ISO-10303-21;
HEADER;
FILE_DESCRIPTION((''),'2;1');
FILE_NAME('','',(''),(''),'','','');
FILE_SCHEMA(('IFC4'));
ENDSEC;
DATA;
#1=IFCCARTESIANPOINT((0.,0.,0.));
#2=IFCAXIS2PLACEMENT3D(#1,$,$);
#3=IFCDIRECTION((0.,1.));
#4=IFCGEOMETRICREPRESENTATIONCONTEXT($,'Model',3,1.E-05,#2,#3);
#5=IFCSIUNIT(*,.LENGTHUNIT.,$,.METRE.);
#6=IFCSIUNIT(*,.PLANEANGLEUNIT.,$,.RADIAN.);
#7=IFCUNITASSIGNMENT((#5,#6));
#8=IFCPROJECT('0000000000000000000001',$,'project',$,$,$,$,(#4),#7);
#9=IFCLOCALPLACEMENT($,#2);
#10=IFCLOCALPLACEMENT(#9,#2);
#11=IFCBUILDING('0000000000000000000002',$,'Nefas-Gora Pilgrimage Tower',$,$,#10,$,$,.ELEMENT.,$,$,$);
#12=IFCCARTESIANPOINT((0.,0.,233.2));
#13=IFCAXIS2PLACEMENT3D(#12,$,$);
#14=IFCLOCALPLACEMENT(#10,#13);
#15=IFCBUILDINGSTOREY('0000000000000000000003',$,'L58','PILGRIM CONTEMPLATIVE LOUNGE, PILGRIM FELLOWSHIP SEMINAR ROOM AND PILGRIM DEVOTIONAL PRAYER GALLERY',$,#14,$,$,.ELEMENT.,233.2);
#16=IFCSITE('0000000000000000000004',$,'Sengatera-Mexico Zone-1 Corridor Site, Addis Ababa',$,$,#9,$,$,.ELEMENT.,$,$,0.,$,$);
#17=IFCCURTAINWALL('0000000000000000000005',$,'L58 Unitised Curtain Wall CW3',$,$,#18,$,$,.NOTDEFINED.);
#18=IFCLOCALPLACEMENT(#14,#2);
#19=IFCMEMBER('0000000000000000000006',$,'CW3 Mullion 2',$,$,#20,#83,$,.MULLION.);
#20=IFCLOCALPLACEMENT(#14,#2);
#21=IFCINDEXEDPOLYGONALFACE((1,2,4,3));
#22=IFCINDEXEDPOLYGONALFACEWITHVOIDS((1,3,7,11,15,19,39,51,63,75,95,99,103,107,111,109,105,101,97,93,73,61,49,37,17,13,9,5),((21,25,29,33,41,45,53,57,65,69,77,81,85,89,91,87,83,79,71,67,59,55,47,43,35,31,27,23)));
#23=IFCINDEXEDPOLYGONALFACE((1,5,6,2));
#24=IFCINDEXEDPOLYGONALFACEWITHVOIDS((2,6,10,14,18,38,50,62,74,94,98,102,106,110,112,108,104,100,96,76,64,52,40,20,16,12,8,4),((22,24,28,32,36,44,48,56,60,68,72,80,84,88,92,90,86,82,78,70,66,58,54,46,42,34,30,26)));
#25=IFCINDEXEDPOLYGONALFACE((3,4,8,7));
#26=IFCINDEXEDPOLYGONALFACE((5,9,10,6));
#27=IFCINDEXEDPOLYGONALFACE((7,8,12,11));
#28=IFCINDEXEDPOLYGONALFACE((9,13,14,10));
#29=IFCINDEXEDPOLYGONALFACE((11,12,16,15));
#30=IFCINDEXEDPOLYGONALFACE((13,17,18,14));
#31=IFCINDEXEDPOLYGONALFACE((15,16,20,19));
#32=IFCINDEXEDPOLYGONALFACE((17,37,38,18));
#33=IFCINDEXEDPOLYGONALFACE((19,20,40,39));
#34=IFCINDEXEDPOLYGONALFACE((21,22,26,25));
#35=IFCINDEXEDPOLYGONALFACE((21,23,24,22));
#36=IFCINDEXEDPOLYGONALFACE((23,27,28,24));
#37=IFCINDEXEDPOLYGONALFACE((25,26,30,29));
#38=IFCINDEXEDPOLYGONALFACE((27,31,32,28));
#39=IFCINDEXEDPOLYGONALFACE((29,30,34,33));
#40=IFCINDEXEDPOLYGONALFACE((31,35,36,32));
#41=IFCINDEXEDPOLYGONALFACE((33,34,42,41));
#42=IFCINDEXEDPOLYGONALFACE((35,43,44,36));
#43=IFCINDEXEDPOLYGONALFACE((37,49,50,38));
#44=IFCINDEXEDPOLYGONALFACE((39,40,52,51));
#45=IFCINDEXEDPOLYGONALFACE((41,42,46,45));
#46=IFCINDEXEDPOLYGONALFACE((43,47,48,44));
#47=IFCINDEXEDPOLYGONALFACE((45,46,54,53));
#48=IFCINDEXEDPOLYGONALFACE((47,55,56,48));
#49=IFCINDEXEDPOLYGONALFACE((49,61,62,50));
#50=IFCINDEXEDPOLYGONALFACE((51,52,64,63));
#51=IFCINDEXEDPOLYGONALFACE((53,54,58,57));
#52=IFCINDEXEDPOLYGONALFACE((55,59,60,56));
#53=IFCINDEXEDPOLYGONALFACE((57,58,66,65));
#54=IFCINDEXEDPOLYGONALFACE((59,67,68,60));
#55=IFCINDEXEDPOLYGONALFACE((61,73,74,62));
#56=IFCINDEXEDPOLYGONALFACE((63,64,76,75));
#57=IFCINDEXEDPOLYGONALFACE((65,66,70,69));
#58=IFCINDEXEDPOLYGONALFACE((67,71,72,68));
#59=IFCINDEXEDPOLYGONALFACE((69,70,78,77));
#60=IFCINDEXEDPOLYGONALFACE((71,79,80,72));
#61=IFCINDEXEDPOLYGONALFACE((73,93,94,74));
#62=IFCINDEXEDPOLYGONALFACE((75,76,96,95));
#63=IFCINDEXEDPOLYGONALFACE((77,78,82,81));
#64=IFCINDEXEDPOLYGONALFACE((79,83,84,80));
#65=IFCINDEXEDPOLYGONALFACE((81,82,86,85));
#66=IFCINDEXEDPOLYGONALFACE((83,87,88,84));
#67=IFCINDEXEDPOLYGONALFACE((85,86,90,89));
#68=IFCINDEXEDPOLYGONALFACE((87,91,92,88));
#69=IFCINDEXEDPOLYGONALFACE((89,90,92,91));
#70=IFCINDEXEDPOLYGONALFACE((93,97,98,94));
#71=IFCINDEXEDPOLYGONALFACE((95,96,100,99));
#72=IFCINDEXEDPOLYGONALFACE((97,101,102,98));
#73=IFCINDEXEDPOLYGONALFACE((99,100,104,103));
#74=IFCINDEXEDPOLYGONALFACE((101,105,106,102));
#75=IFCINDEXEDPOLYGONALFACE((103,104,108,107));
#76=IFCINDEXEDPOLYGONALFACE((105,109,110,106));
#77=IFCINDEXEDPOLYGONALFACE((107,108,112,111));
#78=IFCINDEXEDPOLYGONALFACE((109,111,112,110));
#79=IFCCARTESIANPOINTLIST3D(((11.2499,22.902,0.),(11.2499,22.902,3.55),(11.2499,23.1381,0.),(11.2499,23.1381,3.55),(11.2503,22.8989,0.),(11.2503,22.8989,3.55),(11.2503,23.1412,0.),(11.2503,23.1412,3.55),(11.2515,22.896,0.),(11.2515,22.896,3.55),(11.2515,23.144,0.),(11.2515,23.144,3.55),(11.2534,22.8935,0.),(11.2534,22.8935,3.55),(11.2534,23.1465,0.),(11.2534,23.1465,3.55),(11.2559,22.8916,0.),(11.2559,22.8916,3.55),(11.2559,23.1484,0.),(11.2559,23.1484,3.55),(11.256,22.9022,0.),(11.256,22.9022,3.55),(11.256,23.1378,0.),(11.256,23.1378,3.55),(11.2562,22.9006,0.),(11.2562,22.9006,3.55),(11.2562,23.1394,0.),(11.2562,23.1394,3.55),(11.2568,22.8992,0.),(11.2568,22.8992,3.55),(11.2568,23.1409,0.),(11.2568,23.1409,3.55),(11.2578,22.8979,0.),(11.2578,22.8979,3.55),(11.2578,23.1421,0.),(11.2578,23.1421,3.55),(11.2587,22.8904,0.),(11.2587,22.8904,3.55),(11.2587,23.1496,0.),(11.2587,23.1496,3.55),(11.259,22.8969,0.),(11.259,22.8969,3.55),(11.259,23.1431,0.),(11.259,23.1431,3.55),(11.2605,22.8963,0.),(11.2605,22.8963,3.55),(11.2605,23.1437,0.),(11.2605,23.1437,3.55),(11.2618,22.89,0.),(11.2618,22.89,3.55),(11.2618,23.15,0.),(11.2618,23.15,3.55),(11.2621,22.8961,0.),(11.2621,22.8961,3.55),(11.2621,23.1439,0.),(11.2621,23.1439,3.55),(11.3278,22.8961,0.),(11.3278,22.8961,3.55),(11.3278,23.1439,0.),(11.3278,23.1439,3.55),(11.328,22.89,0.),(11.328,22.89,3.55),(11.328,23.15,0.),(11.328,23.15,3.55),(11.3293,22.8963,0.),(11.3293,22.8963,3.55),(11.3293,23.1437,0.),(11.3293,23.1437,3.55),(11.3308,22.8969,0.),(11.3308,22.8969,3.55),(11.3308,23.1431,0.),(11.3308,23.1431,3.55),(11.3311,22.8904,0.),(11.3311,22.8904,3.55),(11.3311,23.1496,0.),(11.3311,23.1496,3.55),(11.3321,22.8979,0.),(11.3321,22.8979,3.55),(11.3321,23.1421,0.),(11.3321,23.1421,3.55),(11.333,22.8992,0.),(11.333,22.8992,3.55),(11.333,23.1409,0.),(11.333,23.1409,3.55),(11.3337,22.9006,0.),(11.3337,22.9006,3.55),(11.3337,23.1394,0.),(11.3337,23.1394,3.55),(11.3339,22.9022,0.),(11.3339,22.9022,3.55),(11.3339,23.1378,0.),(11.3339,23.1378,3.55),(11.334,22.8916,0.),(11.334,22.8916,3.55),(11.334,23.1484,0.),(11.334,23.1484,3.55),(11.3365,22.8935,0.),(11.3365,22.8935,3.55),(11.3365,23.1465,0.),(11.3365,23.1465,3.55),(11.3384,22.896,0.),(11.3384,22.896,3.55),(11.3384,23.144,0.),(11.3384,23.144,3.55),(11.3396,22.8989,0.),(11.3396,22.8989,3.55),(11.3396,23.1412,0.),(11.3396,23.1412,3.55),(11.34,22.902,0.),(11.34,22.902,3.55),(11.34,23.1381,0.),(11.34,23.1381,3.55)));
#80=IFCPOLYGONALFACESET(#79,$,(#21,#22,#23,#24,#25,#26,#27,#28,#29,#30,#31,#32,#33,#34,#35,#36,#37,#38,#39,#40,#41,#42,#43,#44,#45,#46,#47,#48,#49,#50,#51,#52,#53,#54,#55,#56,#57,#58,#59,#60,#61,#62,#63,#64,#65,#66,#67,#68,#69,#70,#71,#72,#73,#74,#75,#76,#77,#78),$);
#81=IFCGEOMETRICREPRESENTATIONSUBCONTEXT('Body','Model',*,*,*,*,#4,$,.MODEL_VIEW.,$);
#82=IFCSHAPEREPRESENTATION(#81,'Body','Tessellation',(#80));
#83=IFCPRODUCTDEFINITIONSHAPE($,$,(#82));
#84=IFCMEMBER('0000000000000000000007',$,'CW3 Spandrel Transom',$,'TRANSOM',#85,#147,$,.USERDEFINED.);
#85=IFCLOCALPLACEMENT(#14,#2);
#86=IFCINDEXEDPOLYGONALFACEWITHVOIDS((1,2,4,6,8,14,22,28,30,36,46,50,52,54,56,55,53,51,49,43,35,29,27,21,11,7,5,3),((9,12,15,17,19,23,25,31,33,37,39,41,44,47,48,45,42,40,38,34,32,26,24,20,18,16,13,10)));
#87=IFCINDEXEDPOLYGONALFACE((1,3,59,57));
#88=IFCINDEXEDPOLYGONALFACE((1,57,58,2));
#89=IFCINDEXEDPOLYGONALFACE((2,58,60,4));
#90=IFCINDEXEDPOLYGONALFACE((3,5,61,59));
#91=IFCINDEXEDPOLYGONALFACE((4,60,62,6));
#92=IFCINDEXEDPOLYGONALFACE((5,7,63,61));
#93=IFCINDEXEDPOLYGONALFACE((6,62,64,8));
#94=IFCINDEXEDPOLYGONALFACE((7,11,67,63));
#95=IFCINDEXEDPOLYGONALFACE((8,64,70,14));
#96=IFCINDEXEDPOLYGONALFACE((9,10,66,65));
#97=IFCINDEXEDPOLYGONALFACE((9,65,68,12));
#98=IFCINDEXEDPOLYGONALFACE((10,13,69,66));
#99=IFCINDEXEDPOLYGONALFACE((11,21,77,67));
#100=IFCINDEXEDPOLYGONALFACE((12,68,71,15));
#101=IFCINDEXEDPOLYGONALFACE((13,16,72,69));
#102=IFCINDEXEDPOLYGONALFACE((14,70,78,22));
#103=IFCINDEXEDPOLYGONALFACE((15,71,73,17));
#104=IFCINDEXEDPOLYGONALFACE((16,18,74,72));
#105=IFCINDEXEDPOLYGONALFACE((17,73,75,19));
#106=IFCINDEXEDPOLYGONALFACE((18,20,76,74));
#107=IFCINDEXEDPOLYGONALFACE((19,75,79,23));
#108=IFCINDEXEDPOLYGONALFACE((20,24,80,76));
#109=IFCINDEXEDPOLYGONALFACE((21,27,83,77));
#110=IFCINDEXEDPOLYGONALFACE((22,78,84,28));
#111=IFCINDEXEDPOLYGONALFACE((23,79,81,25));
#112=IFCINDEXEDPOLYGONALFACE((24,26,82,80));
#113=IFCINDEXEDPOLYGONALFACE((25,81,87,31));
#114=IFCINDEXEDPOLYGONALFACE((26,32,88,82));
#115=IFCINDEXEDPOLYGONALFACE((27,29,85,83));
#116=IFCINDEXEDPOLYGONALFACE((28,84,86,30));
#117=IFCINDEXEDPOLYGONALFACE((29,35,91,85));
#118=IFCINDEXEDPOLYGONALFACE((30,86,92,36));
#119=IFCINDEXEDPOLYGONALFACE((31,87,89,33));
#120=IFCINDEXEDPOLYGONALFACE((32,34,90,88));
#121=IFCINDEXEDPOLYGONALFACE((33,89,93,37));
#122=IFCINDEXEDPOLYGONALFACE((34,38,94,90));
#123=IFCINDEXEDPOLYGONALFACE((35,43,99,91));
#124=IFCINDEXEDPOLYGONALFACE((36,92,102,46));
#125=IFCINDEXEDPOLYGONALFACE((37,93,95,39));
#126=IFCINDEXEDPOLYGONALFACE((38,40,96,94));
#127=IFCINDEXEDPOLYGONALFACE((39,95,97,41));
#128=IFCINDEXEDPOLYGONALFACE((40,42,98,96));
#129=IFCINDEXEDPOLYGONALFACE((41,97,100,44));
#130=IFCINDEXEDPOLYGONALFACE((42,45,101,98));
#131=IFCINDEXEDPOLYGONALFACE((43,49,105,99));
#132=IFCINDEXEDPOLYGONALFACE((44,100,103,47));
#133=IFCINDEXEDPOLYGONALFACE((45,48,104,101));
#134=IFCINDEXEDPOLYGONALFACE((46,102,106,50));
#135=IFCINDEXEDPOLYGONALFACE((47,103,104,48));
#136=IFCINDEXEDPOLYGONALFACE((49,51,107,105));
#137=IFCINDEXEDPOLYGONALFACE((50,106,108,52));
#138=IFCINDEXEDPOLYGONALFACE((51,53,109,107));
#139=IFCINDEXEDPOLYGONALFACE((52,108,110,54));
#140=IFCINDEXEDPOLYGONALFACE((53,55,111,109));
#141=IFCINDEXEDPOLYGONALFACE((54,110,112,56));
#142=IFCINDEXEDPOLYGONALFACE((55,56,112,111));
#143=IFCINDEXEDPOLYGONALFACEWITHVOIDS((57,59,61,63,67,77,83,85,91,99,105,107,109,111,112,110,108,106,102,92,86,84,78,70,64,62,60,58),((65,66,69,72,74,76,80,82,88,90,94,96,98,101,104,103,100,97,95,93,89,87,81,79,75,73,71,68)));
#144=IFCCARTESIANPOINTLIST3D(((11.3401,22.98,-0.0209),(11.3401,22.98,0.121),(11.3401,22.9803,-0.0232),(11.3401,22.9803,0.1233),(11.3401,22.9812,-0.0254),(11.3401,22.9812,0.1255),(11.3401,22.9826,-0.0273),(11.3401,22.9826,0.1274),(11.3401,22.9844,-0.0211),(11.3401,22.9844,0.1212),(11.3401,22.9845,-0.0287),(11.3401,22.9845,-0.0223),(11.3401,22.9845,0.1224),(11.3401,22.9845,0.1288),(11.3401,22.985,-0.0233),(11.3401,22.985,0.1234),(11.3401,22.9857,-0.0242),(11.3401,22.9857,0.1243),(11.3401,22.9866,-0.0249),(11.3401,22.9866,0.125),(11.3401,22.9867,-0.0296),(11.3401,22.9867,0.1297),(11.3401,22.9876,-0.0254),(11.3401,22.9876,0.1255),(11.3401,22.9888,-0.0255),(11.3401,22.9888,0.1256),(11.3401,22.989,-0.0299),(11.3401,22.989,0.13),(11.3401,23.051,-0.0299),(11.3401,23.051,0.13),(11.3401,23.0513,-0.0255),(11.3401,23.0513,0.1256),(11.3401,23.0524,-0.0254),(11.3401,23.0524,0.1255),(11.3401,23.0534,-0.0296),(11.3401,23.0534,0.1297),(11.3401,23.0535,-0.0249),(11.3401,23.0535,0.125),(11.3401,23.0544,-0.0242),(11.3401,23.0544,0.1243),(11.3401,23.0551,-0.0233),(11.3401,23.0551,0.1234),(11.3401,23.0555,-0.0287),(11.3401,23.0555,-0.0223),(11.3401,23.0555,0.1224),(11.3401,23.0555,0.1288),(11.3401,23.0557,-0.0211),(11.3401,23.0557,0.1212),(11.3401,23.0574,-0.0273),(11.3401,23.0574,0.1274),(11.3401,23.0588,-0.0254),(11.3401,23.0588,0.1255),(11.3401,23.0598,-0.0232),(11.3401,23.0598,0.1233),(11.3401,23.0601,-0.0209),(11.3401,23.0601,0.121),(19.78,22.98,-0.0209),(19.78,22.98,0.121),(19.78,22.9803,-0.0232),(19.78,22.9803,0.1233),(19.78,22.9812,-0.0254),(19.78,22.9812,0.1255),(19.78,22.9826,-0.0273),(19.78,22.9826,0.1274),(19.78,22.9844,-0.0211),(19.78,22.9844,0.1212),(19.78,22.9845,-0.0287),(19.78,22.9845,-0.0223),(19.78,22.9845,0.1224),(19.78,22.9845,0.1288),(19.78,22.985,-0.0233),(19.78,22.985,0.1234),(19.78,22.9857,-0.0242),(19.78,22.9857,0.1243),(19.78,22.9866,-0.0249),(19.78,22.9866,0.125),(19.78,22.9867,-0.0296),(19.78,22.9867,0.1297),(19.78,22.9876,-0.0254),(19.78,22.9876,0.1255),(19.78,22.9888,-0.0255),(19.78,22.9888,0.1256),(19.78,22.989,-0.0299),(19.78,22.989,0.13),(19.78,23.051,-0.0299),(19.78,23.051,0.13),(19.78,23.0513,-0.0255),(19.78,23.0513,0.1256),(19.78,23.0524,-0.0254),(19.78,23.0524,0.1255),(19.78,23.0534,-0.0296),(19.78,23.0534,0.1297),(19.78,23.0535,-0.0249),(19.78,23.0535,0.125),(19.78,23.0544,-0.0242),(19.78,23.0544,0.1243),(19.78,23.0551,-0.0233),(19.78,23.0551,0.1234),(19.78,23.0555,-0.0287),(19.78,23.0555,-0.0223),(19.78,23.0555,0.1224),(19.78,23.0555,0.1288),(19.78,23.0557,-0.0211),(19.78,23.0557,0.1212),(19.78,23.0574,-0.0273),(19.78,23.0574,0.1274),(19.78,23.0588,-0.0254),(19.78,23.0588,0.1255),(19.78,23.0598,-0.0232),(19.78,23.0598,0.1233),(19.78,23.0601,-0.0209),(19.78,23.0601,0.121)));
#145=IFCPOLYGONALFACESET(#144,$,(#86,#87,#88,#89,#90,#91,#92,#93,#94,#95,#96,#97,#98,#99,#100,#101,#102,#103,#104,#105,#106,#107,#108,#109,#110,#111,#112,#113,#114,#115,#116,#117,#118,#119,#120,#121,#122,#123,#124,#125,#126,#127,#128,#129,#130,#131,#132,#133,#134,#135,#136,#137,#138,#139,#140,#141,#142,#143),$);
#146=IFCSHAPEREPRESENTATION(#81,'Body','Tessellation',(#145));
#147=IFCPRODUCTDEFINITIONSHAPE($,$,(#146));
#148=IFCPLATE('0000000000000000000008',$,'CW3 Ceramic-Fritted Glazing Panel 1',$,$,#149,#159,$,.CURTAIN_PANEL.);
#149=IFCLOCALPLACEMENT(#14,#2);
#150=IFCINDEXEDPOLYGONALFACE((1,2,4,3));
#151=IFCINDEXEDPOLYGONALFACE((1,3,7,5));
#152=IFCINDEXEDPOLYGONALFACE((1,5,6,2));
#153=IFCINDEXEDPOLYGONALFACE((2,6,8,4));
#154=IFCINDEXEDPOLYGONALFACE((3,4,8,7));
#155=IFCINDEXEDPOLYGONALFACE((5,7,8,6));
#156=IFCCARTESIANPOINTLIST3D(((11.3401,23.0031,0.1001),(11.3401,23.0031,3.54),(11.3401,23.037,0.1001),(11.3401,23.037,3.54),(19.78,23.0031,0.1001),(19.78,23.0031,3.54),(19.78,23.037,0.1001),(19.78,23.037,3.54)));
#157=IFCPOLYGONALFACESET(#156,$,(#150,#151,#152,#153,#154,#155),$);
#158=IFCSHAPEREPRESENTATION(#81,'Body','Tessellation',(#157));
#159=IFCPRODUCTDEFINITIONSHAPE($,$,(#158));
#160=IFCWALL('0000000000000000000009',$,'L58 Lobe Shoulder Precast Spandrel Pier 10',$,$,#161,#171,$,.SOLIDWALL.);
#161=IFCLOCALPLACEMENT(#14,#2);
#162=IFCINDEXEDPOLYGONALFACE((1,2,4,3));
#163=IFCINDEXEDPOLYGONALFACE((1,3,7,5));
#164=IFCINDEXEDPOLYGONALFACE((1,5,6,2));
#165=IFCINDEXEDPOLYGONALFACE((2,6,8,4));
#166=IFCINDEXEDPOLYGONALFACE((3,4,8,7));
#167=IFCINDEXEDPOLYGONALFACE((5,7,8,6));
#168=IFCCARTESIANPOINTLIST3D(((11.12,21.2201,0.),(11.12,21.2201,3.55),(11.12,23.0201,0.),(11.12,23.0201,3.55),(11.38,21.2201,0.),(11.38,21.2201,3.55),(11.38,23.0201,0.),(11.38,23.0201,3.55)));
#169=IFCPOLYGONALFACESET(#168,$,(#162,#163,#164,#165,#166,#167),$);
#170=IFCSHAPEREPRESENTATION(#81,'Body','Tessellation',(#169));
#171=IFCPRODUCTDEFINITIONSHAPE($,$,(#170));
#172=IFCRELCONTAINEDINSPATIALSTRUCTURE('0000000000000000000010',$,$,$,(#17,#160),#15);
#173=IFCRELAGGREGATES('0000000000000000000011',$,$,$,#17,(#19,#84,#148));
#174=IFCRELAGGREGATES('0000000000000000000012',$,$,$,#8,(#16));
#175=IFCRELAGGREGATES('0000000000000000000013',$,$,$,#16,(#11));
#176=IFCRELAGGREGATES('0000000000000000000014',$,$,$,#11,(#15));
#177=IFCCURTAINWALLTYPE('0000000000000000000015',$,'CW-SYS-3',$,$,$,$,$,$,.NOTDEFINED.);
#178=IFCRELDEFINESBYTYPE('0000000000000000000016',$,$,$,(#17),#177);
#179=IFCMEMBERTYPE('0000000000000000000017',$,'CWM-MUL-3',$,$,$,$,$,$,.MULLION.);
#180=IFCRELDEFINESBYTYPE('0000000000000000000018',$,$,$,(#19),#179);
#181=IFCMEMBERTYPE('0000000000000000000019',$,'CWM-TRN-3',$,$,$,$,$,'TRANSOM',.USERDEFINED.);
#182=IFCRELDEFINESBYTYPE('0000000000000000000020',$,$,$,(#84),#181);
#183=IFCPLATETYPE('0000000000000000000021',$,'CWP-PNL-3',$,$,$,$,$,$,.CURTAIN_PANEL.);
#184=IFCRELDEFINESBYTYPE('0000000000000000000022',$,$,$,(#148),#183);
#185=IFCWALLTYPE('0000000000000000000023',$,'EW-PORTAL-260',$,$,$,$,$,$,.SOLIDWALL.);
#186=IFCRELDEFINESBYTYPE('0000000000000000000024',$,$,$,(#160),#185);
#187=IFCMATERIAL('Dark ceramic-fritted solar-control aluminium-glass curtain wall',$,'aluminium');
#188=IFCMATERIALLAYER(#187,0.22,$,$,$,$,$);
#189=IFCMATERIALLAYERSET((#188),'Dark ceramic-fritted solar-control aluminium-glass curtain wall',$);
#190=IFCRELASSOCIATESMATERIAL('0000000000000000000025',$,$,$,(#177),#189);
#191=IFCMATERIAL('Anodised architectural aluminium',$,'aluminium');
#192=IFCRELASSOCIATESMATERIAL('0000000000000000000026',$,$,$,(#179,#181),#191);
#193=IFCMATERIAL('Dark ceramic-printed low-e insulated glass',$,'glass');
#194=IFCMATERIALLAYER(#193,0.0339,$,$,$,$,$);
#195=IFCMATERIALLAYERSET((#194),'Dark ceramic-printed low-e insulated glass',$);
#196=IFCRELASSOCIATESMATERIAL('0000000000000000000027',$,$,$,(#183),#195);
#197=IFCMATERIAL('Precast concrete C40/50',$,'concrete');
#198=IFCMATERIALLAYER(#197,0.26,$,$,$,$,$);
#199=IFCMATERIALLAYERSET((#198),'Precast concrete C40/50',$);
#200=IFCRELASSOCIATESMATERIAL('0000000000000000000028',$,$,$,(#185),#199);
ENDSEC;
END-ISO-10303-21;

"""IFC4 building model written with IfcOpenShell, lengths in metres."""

from ifc_helpers import new_model, si_unit, direction, frame, frame_2d, origin, origin_2d, place, context, subcontext, project, spatial, rectangle, hollow_rectangle, extrude, source, transform, mapped, material, layer, layer_set, material_profile, profile_set, type_object, element, aggregate, save


model = new_model("IFC4")

# Units and contexts
model_context = context("Model", 3, precision=1e-05, world=origin(), true_north=direction((0.0, 1.0)))
body_context = subcontext(model_context, "Body", "Model", "MODEL_VIEW")
ifc_project = project(units=[si_unit("LENGTHUNIT", "METRE"), si_unit("PLANEANGLEUNIT", "RADIAN")], contexts=[model_context])

# Site, building, storey
site_placement = place(None, origin())
site = spatial("IfcSite", under=ifc_project, at=site_placement, Name="Sengatera-Mexico Zone-1 Corridor Site, Addis Ababa", CompositionType="ELEMENT", RefElevation=0.0)
building_placement = place(site_placement, origin())
building = spatial("IfcBuilding", under=site, at=building_placement, Name="Nefas-Gora Pilgrimage Tower", CompositionType="ELEMENT")
storey_placement = place(building_placement, frame((0.0, 0.0, 233.2)))
storey = spatial("IfcBuildingStorey", under=building, at=storey_placement, Name="L58", Description="PILGRIM CONTEMPLATIVE LOUNGE, PILGRIM FELLOWSHIP SEMINAR ROOM AND PILGRIM DEVOTIONAL PRAYER GALLERY", CompositionType="ELEMENT", Elevation=233.2)

# Shared definitions
ifc_material_1 = material(Name="Dark ceramic-fritted solar-control aluminium-glass curtain wall", Category="aluminium")
ifc_layer_1 = layer(ifc_material_1, 0.22)
ifc_layer_set_1 = layer_set([ifc_layer_1], Name="Dark ceramic-fritted solar-control aluminium-glass curtain wall")
curtain_wall_type = type_object("IfcCurtainWallType", Name="CW-SYS-3", PredefinedType="NOTDEFINED", material=ifc_layer_set_1)
ifc_material_2 = material(Name="Anodised architectural aluminium", Category="aluminium")
ifc_material_profile_1 = material_profile(ifc_material_2, hollow_rectangle(XDim=0.0901, YDim=0.26, WallThickness=0.0061, InnerFilletRadius=0.0061, OuterFilletRadius=0.012, at=origin_2d()), Name="ALU MULLION 90x260")
ifc_profile_set_1 = profile_set([ifc_material_profile_1], Name="Anodised architectural aluminium")
member_type_1 = type_object("IfcMemberType", Name="CWM-MUL-3", PredefinedType="MULLION", material=ifc_profile_set_1)
shared_shape_1 = source(origin(), body_context, "Body", "SweptSolid", [
    extrude(hollow_rectangle(XDim=0.0901, YDim=0.26, WallThickness=0.0061, InnerFilletRadius=0.0061, OuterFilletRadius=0.012, at=origin_2d()), origin(), (0.0, 0.0, 1.0), 3.55),
])

# Curtain wall, members, plate
curtain_wall_1_placement = place(storey_placement, origin())
curtain_wall_1 = element("IfcCurtainWall", 1, at=curtain_wall_1_placement, inside=storey, type_object=curtain_wall_type, Name="L58 Unitised Curtain Wall CW3", PredefinedType="NOTDEFINED")
member_1_placement = place(storey_placement, frame((11.2949, 23.02, 0.0), z_axis=(0.0, 0.0, 1.0), x_axis=(-1.0, 0.0, 0.0)))
member_1 = element("IfcMember", 2, at=member_1_placement, type_object=member_type_1, Name="CW3 Mullion 2", PredefinedType="MULLION", context=body_context, shape_type="MappedRepresentation", body=[
    mapped(shared_shape_1, transform((0.0, 0.0, 0.0), x_axis=(1.0, 0.0, 0.0), y_axis=(0.0, 1.0, 0.0), z_axis=(0.0, 0.0, 1.0), scale=1.0)),
])
ifc_material_profile_2 = material_profile(ifc_material_2, hollow_rectangle(XDim=0.0801, YDim=0.1599, WallThickness=0.0044, InnerFilletRadius=0.0044, OuterFilletRadius=0.009, at=origin_2d()), Name="ALU TRANSOM 80x160")
ifc_profile_set_2 = profile_set([ifc_material_profile_2], Name="Anodised architectural aluminium")
member_type_2 = type_object("IfcMemberType", Name="CWM-TRN-3", ElementType="TRANSOM", PredefinedType="USERDEFINED", material=ifc_profile_set_2)
shared_shape_2 = source(origin(), body_context, "Body", "SweptSolid", [
    extrude(hollow_rectangle(XDim=0.0801, YDim=0.1599, WallThickness=0.0044, InnerFilletRadius=0.0044, OuterFilletRadius=0.009, at=origin_2d()), origin(), (0.0, 0.0, 1.0), 8.4399),
])
member_2_placement = place(storey_placement, frame((19.78, 23.02, 0.05), z_axis=(-1.0, 0.0, 0.0), x_axis=(0.0, -1.0, 0.0)))
member_2 = element("IfcMember", 3, at=member_2_placement, type_object=member_type_2, Name="CW3 Spandrel Transom", ObjectType="TRANSOM", PredefinedType="USERDEFINED", context=body_context, shape_type="MappedRepresentation", body=[
    mapped(shared_shape_2, transform((0.0, 0.0, 0.0), x_axis=(1.0, 0.0, 0.0), y_axis=(0.0, 1.0, 0.0), z_axis=(0.0, 0.0, 1.0), scale=1.0)),
])
ifc_material_3 = material(Name="Dark ceramic-printed low-e insulated glass", Category="glass")
ifc_layer_2 = layer(ifc_material_3, 0.0339)
ifc_layer_set_2 = layer_set([ifc_layer_2], Name="Dark ceramic-printed low-e insulated glass")
plate_type = type_object("IfcPlateType", Name="CWP-PNL-3", PredefinedType="CURTAIN_PANEL", material=ifc_layer_set_2)
shared_shape_3 = source(origin(), body_context, "Body", "SweptSolid", [
    extrude(rectangle(XDim=8.4399, YDim=0.0339, at=origin_2d()), origin(), (0.0, 0.0, 1.0), 3.4399),
])
plate_placement = place(storey_placement, frame((15.5601, 23.02, 0.1001), z_axis=(0.0, 0.0, 1.0), x_axis=(-1.0, 0.0, 0.0)))
plate = element("IfcPlate", 4, at=plate_placement, type_object=plate_type, Name="CW3 Ceramic-Fritted Glazing Panel 1", PredefinedType="CURTAIN_PANEL", context=body_context, shape_type="MappedRepresentation", body=[
    mapped(shared_shape_3, transform((0.0, 0.0, 0.0), x_axis=(1.0, 0.0, 0.0), y_axis=(0.0, 1.0, 0.0), z_axis=(0.0, 0.0, 1.0), scale=1.0)),
])
aggregate(curtain_wall_1, [member_1, member_2, plate])

# Wall
ifc_material_4 = material(Name="Precast concrete C40/50", Category="concrete")
ifc_layer_3 = layer(ifc_material_4, 0.26)
ifc_layer_set_3 = layer_set([ifc_layer_3], Name="Precast concrete C40/50")
wall_type_1 = type_object("IfcWallType", Name="EW-PORTAL-260", PredefinedType="SOLIDWALL", material=ifc_layer_set_3)
shared_shape_4 = source(origin(), body_context, "Body", "SweptSolid", [
    extrude(rectangle(XDim=1.8, YDim=0.26, at=frame_2d((0.8999, 0.0))), origin(), (0.0, 0.0, 1.0), 3.55),
])
wall_1_placement = place(storey_placement, frame((11.25, 23.02, 0.0), z_axis=(0.0, 0.0, 1.0), x_axis=(0.0, -1.0, 0.0)))
element("IfcWall", 5, at=wall_1_placement, inside=storey, type_object=wall_type_1, Name="L58 Lobe Shoulder Precast Spandrel Pier 10", PredefinedType="SOLIDWALL", context=body_context, shape_type="MappedRepresentation", body=[
    mapped(shared_shape_4, transform((0.0, 0.0, 0.0), x_axis=(1.0, 0.0, 0.0), y_axis=(0.0, 1.0, 0.0), z_axis=(0.0, 0.0, 1.0), scale=1.0)),
])

save(model, "model.ifc")
